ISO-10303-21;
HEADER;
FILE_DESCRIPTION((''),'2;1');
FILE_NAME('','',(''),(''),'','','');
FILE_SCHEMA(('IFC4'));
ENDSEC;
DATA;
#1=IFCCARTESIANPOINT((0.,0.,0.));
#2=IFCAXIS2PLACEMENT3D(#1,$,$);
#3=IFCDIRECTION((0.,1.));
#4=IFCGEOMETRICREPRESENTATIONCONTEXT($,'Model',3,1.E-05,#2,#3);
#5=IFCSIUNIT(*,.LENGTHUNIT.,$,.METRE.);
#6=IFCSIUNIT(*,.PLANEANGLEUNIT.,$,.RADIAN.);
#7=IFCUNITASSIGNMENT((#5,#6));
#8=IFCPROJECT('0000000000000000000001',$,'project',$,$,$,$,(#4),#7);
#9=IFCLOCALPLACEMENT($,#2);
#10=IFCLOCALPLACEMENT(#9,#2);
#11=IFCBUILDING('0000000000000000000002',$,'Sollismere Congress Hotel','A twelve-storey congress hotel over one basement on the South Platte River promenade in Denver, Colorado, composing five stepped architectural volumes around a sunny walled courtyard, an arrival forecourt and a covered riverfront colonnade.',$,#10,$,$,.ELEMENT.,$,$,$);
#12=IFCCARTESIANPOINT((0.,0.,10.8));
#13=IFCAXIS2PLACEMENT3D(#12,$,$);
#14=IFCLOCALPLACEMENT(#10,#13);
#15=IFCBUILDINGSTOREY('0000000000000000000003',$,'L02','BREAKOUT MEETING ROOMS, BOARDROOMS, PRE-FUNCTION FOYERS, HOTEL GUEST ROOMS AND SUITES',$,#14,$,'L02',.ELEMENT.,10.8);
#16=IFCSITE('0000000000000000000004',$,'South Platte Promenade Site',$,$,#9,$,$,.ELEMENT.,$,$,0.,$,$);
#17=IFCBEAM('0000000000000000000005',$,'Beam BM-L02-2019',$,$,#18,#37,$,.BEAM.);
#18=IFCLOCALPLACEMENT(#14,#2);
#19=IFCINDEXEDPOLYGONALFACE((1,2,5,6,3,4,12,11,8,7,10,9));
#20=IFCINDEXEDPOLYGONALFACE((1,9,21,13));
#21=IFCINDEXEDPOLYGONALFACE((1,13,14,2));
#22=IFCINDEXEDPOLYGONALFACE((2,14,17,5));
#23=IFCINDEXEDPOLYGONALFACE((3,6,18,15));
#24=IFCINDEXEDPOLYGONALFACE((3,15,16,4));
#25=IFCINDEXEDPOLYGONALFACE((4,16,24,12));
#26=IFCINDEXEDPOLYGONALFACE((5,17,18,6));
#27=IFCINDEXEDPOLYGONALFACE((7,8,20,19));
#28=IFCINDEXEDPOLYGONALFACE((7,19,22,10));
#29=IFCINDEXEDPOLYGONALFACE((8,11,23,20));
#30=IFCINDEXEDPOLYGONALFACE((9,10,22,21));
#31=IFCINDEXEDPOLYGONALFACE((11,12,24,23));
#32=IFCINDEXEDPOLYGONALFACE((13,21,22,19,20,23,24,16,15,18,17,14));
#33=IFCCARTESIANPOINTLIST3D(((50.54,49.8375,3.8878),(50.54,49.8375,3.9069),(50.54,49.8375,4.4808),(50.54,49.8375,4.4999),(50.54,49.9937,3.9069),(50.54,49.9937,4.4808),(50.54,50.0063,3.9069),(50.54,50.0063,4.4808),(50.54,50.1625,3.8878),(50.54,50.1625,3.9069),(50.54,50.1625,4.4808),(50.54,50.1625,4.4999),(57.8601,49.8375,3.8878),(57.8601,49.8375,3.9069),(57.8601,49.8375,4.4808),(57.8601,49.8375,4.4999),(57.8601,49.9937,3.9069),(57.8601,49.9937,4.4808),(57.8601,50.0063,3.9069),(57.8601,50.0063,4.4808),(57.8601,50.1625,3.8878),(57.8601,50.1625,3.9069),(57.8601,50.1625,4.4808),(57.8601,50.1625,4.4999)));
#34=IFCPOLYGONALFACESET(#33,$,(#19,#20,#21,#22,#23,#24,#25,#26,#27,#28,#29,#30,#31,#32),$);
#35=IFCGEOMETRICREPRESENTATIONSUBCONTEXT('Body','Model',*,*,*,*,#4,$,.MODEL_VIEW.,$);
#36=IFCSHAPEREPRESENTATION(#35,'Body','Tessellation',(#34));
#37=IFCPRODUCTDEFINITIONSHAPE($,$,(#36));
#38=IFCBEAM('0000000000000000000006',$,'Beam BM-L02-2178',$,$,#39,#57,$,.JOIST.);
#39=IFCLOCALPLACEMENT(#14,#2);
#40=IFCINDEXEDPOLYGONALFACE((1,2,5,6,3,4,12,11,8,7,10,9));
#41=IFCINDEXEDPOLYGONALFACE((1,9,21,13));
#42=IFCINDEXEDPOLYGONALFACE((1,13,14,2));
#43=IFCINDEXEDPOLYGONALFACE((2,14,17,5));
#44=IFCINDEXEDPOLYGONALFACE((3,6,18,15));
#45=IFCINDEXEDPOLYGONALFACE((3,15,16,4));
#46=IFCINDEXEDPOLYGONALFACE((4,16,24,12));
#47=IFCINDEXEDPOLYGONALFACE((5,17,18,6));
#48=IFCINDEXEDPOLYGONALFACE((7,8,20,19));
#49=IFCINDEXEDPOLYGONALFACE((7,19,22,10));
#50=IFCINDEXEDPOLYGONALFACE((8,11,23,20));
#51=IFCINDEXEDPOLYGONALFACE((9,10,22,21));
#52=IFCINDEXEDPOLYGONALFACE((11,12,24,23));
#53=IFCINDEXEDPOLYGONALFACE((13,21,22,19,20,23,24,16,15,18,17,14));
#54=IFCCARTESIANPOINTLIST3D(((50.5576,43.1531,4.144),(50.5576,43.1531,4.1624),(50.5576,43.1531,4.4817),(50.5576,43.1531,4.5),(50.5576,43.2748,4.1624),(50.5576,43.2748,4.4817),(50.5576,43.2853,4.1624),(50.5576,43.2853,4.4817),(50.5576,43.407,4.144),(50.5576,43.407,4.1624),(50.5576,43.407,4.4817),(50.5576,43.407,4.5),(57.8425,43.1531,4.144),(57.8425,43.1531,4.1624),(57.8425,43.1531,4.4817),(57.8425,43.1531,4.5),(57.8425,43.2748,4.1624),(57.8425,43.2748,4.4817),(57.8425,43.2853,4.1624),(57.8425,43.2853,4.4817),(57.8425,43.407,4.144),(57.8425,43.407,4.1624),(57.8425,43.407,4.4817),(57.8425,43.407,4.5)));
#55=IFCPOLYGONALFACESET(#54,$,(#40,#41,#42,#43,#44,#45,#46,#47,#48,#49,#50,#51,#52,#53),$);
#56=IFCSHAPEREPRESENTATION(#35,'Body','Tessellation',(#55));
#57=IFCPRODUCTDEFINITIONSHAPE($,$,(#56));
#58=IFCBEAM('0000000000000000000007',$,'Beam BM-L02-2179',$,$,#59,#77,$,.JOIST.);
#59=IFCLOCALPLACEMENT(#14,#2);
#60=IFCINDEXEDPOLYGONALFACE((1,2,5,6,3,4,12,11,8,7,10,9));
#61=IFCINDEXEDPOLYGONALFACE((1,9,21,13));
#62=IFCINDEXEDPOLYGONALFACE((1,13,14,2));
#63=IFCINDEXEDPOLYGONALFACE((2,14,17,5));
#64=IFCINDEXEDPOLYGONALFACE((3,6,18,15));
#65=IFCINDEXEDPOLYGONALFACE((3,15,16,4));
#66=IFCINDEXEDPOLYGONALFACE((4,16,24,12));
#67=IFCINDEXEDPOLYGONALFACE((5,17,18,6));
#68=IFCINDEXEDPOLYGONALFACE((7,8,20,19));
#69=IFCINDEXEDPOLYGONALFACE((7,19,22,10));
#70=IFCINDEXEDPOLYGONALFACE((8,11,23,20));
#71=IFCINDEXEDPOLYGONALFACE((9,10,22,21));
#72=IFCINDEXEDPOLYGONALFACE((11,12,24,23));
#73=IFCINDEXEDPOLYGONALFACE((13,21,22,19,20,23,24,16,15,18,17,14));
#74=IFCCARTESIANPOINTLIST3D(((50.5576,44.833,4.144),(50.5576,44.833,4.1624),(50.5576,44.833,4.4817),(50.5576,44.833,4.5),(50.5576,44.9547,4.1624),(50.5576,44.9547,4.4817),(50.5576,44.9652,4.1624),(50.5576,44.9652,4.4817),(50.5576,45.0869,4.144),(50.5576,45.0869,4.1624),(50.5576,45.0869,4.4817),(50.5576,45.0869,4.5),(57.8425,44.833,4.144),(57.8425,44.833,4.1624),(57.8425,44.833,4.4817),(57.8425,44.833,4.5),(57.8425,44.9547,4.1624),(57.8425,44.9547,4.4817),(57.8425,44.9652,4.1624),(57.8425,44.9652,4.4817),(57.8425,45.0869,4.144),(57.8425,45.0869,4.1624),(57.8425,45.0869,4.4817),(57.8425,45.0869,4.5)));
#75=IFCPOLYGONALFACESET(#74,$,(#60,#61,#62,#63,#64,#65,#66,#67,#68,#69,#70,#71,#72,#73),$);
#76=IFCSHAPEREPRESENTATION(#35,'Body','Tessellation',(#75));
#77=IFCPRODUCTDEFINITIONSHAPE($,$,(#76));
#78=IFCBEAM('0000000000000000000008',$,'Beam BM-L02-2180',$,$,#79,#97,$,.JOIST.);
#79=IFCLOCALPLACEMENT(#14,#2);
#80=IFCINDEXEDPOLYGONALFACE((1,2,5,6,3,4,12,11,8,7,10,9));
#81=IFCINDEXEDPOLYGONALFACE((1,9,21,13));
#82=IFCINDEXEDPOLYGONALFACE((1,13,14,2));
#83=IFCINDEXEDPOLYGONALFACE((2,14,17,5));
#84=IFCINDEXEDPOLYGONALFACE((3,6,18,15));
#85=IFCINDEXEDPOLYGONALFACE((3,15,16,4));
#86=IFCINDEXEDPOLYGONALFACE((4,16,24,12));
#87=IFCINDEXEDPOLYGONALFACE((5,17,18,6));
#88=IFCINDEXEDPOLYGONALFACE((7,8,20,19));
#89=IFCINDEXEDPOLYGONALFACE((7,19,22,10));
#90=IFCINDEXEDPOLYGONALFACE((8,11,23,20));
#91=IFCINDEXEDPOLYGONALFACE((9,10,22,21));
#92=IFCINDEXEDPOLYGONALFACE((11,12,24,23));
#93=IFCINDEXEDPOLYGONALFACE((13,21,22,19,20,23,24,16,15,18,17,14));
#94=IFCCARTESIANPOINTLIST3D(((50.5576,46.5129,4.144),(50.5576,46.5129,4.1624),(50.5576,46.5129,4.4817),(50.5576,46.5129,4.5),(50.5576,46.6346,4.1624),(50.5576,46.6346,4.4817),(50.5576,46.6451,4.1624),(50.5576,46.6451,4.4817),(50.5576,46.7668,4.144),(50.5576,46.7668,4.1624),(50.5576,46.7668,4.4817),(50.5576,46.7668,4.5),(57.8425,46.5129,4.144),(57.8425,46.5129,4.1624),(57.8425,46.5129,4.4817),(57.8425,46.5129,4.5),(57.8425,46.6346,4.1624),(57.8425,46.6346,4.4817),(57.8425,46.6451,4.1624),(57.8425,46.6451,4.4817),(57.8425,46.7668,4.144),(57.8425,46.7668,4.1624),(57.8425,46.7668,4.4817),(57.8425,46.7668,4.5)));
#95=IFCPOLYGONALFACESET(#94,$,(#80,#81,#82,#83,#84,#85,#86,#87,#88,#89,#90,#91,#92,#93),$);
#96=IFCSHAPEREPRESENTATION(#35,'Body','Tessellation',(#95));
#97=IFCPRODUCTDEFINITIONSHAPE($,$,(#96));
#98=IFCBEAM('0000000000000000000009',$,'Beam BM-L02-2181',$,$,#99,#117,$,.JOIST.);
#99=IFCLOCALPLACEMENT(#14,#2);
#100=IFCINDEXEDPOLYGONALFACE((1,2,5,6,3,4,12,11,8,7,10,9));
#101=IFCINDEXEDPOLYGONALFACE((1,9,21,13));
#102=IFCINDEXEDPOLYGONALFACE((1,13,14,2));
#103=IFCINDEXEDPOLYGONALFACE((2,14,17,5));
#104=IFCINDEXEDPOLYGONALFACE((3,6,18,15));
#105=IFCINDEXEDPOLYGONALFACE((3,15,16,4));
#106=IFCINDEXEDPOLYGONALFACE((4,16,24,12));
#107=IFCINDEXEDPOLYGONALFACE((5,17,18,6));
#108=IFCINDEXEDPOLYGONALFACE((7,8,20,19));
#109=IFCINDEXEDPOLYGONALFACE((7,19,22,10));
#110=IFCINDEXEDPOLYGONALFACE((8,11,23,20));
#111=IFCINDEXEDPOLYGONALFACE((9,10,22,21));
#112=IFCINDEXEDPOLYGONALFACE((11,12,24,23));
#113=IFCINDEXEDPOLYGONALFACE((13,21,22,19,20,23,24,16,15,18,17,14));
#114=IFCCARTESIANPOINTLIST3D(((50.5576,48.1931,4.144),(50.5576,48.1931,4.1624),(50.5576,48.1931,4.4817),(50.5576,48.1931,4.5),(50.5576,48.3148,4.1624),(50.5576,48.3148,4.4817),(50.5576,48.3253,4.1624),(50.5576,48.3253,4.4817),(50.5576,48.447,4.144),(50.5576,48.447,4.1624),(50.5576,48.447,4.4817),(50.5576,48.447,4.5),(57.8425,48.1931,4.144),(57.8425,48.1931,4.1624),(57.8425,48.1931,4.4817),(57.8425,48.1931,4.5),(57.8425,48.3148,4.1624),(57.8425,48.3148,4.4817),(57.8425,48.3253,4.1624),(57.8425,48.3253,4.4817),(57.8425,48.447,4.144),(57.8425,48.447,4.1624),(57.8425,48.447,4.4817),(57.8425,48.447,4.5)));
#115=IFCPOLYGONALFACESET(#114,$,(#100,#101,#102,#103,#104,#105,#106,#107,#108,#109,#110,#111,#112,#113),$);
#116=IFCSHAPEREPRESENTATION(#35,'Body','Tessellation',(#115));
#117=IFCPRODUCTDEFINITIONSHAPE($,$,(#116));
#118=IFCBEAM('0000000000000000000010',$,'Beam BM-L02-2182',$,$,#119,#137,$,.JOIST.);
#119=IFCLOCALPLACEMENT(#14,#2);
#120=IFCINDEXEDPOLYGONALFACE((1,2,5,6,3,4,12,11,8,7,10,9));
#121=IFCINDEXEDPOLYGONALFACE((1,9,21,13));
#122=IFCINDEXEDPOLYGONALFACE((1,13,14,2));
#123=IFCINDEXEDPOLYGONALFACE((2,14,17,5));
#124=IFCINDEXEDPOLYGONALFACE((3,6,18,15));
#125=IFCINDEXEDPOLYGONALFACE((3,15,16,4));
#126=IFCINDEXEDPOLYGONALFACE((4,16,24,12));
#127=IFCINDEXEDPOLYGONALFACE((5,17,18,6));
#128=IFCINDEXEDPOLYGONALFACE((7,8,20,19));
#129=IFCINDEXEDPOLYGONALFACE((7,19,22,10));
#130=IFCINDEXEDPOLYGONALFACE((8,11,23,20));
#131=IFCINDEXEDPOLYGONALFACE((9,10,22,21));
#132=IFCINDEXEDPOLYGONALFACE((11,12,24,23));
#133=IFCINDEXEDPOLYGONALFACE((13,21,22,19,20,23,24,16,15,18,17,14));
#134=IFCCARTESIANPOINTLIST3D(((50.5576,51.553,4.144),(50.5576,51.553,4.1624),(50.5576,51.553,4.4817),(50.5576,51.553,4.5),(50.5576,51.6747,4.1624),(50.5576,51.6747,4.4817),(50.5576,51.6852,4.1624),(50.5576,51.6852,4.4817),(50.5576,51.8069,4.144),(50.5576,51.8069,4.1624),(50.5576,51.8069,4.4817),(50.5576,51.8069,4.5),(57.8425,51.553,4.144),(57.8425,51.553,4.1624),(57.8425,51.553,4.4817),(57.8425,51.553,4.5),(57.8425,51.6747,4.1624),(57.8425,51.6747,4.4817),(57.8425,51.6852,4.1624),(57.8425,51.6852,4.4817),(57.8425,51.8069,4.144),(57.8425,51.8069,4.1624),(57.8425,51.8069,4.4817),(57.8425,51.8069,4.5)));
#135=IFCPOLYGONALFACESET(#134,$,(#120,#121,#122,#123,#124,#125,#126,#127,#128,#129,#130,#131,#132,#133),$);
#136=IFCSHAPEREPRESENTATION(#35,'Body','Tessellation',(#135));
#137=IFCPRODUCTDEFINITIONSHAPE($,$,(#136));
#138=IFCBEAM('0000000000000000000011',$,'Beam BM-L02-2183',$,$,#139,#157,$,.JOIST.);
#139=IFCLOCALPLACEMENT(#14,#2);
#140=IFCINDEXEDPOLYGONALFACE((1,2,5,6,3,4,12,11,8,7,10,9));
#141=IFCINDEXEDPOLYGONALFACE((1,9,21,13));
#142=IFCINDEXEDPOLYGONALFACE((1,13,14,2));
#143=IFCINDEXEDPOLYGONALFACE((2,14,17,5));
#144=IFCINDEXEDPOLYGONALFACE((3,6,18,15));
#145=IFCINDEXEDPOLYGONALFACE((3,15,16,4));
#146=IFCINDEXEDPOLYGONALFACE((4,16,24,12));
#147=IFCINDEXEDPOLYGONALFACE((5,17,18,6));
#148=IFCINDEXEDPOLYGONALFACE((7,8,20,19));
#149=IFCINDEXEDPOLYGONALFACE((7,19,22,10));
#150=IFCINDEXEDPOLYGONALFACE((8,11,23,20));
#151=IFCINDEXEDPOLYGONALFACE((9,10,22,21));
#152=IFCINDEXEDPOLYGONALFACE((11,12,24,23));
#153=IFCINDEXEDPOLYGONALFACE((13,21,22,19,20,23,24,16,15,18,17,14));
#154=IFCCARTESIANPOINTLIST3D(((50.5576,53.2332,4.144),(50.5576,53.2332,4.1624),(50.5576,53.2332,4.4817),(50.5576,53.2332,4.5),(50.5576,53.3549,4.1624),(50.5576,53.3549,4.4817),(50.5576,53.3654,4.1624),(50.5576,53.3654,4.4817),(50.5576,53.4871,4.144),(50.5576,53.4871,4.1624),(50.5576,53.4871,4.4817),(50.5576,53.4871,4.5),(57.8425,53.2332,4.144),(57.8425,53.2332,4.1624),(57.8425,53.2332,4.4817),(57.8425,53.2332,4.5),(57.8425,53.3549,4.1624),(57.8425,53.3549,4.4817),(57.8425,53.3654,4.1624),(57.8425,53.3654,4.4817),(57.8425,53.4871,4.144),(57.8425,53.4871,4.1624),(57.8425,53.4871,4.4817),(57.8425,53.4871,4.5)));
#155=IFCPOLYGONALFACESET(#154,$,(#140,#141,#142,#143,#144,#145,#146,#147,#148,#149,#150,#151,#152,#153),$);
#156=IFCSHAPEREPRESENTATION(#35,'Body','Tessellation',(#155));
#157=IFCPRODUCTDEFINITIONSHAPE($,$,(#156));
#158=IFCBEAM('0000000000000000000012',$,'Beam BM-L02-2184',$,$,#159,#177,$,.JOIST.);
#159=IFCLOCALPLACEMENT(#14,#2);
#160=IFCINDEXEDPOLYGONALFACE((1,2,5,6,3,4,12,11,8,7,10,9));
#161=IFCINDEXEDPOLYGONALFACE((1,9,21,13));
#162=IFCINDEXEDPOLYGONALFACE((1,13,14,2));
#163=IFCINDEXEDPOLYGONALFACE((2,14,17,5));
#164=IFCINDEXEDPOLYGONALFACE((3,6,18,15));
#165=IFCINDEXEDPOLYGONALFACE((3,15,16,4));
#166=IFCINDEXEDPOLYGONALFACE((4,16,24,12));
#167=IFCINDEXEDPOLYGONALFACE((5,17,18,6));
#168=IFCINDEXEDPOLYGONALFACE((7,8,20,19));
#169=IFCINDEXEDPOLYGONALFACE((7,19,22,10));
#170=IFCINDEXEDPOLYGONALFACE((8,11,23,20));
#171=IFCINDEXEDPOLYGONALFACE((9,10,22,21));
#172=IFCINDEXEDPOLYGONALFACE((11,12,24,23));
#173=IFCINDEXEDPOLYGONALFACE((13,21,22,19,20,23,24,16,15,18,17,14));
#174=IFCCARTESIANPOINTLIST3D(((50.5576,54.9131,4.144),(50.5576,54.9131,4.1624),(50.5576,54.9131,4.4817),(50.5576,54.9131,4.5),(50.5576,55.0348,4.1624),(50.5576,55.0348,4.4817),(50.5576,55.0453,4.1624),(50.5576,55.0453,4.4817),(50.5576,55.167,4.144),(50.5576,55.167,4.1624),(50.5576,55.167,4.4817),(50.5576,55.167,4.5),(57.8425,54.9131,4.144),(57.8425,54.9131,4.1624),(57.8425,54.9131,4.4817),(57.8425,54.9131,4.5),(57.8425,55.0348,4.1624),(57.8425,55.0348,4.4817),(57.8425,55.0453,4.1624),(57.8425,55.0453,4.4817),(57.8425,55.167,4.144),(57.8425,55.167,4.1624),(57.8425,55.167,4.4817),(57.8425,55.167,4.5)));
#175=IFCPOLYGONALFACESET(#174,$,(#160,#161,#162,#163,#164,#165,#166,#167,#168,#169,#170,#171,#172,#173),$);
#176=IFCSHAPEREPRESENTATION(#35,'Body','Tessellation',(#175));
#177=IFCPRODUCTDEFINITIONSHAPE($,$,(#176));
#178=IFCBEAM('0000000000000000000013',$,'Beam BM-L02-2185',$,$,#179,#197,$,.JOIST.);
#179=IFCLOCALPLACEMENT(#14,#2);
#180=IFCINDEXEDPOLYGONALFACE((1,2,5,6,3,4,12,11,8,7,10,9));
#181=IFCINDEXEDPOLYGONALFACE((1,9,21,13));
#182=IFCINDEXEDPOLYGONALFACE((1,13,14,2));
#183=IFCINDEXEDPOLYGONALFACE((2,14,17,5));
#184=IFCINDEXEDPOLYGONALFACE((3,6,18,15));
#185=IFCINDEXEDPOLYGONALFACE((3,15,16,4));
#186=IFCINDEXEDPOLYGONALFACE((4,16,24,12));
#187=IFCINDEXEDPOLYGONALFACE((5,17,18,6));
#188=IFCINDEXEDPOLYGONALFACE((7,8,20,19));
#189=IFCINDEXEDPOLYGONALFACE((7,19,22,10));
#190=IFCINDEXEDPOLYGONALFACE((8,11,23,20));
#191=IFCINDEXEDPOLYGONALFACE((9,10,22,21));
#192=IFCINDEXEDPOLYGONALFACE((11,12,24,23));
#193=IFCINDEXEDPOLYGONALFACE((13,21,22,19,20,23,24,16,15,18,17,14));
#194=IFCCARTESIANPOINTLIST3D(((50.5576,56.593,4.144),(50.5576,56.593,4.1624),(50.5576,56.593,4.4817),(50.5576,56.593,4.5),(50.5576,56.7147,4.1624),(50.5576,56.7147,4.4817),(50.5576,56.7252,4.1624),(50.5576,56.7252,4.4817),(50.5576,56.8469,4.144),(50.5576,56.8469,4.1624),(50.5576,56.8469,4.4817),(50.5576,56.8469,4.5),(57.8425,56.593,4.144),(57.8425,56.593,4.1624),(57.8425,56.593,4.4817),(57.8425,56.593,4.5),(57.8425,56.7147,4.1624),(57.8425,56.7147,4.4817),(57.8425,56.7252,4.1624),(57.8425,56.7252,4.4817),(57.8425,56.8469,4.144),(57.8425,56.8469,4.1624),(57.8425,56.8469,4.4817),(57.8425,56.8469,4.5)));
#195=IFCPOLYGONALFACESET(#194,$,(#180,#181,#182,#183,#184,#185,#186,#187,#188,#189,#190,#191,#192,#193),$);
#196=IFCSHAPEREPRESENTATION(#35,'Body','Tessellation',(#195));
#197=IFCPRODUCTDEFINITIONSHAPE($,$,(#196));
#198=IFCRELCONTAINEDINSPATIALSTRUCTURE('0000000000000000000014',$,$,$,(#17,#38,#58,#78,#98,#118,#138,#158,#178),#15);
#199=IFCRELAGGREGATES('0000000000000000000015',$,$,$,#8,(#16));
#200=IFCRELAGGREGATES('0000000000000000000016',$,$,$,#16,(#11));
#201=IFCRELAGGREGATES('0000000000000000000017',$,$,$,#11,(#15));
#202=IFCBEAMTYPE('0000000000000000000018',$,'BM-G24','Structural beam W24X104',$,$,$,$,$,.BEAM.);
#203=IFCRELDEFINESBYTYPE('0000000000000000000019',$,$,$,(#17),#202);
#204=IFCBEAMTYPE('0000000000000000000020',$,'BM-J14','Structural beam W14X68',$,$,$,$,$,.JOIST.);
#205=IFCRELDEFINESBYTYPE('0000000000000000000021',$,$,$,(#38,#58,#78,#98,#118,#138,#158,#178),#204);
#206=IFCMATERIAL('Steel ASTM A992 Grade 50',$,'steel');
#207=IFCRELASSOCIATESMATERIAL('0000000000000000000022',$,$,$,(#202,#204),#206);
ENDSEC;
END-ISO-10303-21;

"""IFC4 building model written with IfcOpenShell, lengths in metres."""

from ifc_helpers import new_model, si_unit, direction, frame, origin, origin_2d, place, context, subcontext, project, spatial, i_section, extrude, material, material_profile, profile_set, type_object, element, save


model = new_model("IFC4")

# Units and contexts
model_context = context("Model", 3, precision=1e-05, world=origin(), true_north=direction((0.0, 1.0)))
body_context = subcontext(model_context, "Body", "Model", "MODEL_VIEW")
ifc_project = project(units=[si_unit("LENGTHUNIT", "METRE"), si_unit("PLANEANGLEUNIT", "RADIAN")], contexts=[model_context])

# Site, building, storey
site_placement = place(None, origin())
site = spatial("IfcSite", under=ifc_project, at=site_placement, Name="South Platte Promenade Site", CompositionType="ELEMENT", RefElevation=0.0)
building_placement = place(site_placement, origin())
building = spatial("IfcBuilding", under=site, at=building_placement, Name="Sollismere Congress Hotel", Description="A twelve-storey congress hotel over one basement on the South Platte River promenade in Denver, Colorado, composing five stepped architectural volumes around a sunny walled courtyard, an arrival forecourt and a covered riverfront colonnade.", CompositionType="ELEMENT")
storey_placement = place(building_placement, frame((0.0, 0.0, 10.8)))
storey = spatial("IfcBuildingStorey", under=building, at=storey_placement, Name="L02", Description="BREAKOUT MEETING ROOMS, BOARDROOMS, PRE-FUNCTION FOYERS, HOTEL GUEST ROOMS AND SUITES", LongName="L02", CompositionType="ELEMENT", Elevation=10.8)

# Shared definitions
ifc_material_1 = material(Name="Steel ASTM A992 Grade 50", Category="steel")

# Beams
ifc_material_profile_1 = material_profile(ifc_material_1, i_section(OverallWidth=0.325, OverallDepth=0.6121, WebThickness=0.0127, FlangeThickness=0.019, at=origin_2d()), Name="W24X104")
ifc_profile_set_1 = profile_set([ifc_material_profile_1], Name="Steel ASTM A992 Grade 50")
beam_type_1 = type_object("IfcBeamType", Name="BM-G24", Description="Structural beam W24X104", PredefinedType="BEAM", material=ifc_profile_set_1)
for number, where, z_axis, x_axis, name in (
    (1, (50.54, 50.0, 4.1938), (1.0, 0.0, 0.0), (0.0, 1.0, 0.0), "Beam BM-L02-2019"),
):
    element("IfcBeam", number, at=place(storey_placement, frame(where, z_axis=z_axis, x_axis=x_axis)), inside=storey, type_object=beam_type_1, Name=name, PredefinedType="BEAM", context=body_context, shape_type="SweptSolid", body=[
        extrude(i_section(OverallWidth=0.325, OverallDepth=0.6121, WebThickness=0.0127, FlangeThickness=0.019, at=origin_2d()), origin(), (0.0, 0.0, 1.0), 7.3201),
    ])
ifc_material_profile_2 = material_profile(ifc_material_1, i_section(OverallWidth=0.2539, OverallDepth=0.356, WebThickness=0.0105, FlangeThickness=0.0183, at=origin_2d()), Name="W14X68")
ifc_profile_set_2 = profile_set([ifc_material_profile_2], Name="Steel ASTM A992 Grade 50")
beam_type_2 = type_object("IfcBeamType", Name="BM-J14", Description="Structural beam W14X68", PredefinedType="JOIST", material=ifc_profile_set_2)
for number, where, z_axis, x_axis, name in (
    (2, (50.5576, 43.28, 4.322), (1.0, 0.0, 0.0), (0.0, 1.0, 0.0), "Beam BM-L02-2178"),
    (3, (50.5576, 44.96, 4.322), (1.0, 0.0, 0.0), (0.0, 1.0, 0.0), "Beam BM-L02-2179"),
    (4, (50.5576, 46.6399, 4.322), (1.0, 0.0, 0.0), (0.0, 1.0, 0.0), "Beam BM-L02-2180"),
    (5, (50.5576, 48.3201, 4.322), (1.0, 0.0, 0.0), (0.0, 1.0, 0.0), "Beam BM-L02-2181"),
    (6, (50.5576, 51.6799, 4.322), (1.0, 0.0, 0.0), (0.0, 1.0, 0.0), "Beam BM-L02-2182"),
    (7, (50.5576, 53.3601, 4.322), (1.0, 0.0, 0.0), (0.0, 1.0, 0.0), "Beam BM-L02-2183"),
    (8, (50.5576, 55.04, 4.322), (1.0, 0.0, 0.0), (0.0, 1.0, 0.0), "Beam BM-L02-2184"),
    (9, (50.5576, 56.72, 4.322), (1.0, 0.0, 0.0), (0.0, 1.0, 0.0), "Beam BM-L02-2185"),
):
    element("IfcBeam", number, at=place(storey_placement, frame(where, z_axis=z_axis, x_axis=x_axis)), inside=storey, type_object=beam_type_2, Name=name, PredefinedType="JOIST", context=body_context, shape_type="SweptSolid", body=[
        extrude(i_section(OverallWidth=0.2539, OverallDepth=0.356, WebThickness=0.0105, FlangeThickness=0.0183, at=origin_2d()), origin(), (0.0, 0.0, 1.0), 7.2849),
    ])

save(model, "model.ifc")
